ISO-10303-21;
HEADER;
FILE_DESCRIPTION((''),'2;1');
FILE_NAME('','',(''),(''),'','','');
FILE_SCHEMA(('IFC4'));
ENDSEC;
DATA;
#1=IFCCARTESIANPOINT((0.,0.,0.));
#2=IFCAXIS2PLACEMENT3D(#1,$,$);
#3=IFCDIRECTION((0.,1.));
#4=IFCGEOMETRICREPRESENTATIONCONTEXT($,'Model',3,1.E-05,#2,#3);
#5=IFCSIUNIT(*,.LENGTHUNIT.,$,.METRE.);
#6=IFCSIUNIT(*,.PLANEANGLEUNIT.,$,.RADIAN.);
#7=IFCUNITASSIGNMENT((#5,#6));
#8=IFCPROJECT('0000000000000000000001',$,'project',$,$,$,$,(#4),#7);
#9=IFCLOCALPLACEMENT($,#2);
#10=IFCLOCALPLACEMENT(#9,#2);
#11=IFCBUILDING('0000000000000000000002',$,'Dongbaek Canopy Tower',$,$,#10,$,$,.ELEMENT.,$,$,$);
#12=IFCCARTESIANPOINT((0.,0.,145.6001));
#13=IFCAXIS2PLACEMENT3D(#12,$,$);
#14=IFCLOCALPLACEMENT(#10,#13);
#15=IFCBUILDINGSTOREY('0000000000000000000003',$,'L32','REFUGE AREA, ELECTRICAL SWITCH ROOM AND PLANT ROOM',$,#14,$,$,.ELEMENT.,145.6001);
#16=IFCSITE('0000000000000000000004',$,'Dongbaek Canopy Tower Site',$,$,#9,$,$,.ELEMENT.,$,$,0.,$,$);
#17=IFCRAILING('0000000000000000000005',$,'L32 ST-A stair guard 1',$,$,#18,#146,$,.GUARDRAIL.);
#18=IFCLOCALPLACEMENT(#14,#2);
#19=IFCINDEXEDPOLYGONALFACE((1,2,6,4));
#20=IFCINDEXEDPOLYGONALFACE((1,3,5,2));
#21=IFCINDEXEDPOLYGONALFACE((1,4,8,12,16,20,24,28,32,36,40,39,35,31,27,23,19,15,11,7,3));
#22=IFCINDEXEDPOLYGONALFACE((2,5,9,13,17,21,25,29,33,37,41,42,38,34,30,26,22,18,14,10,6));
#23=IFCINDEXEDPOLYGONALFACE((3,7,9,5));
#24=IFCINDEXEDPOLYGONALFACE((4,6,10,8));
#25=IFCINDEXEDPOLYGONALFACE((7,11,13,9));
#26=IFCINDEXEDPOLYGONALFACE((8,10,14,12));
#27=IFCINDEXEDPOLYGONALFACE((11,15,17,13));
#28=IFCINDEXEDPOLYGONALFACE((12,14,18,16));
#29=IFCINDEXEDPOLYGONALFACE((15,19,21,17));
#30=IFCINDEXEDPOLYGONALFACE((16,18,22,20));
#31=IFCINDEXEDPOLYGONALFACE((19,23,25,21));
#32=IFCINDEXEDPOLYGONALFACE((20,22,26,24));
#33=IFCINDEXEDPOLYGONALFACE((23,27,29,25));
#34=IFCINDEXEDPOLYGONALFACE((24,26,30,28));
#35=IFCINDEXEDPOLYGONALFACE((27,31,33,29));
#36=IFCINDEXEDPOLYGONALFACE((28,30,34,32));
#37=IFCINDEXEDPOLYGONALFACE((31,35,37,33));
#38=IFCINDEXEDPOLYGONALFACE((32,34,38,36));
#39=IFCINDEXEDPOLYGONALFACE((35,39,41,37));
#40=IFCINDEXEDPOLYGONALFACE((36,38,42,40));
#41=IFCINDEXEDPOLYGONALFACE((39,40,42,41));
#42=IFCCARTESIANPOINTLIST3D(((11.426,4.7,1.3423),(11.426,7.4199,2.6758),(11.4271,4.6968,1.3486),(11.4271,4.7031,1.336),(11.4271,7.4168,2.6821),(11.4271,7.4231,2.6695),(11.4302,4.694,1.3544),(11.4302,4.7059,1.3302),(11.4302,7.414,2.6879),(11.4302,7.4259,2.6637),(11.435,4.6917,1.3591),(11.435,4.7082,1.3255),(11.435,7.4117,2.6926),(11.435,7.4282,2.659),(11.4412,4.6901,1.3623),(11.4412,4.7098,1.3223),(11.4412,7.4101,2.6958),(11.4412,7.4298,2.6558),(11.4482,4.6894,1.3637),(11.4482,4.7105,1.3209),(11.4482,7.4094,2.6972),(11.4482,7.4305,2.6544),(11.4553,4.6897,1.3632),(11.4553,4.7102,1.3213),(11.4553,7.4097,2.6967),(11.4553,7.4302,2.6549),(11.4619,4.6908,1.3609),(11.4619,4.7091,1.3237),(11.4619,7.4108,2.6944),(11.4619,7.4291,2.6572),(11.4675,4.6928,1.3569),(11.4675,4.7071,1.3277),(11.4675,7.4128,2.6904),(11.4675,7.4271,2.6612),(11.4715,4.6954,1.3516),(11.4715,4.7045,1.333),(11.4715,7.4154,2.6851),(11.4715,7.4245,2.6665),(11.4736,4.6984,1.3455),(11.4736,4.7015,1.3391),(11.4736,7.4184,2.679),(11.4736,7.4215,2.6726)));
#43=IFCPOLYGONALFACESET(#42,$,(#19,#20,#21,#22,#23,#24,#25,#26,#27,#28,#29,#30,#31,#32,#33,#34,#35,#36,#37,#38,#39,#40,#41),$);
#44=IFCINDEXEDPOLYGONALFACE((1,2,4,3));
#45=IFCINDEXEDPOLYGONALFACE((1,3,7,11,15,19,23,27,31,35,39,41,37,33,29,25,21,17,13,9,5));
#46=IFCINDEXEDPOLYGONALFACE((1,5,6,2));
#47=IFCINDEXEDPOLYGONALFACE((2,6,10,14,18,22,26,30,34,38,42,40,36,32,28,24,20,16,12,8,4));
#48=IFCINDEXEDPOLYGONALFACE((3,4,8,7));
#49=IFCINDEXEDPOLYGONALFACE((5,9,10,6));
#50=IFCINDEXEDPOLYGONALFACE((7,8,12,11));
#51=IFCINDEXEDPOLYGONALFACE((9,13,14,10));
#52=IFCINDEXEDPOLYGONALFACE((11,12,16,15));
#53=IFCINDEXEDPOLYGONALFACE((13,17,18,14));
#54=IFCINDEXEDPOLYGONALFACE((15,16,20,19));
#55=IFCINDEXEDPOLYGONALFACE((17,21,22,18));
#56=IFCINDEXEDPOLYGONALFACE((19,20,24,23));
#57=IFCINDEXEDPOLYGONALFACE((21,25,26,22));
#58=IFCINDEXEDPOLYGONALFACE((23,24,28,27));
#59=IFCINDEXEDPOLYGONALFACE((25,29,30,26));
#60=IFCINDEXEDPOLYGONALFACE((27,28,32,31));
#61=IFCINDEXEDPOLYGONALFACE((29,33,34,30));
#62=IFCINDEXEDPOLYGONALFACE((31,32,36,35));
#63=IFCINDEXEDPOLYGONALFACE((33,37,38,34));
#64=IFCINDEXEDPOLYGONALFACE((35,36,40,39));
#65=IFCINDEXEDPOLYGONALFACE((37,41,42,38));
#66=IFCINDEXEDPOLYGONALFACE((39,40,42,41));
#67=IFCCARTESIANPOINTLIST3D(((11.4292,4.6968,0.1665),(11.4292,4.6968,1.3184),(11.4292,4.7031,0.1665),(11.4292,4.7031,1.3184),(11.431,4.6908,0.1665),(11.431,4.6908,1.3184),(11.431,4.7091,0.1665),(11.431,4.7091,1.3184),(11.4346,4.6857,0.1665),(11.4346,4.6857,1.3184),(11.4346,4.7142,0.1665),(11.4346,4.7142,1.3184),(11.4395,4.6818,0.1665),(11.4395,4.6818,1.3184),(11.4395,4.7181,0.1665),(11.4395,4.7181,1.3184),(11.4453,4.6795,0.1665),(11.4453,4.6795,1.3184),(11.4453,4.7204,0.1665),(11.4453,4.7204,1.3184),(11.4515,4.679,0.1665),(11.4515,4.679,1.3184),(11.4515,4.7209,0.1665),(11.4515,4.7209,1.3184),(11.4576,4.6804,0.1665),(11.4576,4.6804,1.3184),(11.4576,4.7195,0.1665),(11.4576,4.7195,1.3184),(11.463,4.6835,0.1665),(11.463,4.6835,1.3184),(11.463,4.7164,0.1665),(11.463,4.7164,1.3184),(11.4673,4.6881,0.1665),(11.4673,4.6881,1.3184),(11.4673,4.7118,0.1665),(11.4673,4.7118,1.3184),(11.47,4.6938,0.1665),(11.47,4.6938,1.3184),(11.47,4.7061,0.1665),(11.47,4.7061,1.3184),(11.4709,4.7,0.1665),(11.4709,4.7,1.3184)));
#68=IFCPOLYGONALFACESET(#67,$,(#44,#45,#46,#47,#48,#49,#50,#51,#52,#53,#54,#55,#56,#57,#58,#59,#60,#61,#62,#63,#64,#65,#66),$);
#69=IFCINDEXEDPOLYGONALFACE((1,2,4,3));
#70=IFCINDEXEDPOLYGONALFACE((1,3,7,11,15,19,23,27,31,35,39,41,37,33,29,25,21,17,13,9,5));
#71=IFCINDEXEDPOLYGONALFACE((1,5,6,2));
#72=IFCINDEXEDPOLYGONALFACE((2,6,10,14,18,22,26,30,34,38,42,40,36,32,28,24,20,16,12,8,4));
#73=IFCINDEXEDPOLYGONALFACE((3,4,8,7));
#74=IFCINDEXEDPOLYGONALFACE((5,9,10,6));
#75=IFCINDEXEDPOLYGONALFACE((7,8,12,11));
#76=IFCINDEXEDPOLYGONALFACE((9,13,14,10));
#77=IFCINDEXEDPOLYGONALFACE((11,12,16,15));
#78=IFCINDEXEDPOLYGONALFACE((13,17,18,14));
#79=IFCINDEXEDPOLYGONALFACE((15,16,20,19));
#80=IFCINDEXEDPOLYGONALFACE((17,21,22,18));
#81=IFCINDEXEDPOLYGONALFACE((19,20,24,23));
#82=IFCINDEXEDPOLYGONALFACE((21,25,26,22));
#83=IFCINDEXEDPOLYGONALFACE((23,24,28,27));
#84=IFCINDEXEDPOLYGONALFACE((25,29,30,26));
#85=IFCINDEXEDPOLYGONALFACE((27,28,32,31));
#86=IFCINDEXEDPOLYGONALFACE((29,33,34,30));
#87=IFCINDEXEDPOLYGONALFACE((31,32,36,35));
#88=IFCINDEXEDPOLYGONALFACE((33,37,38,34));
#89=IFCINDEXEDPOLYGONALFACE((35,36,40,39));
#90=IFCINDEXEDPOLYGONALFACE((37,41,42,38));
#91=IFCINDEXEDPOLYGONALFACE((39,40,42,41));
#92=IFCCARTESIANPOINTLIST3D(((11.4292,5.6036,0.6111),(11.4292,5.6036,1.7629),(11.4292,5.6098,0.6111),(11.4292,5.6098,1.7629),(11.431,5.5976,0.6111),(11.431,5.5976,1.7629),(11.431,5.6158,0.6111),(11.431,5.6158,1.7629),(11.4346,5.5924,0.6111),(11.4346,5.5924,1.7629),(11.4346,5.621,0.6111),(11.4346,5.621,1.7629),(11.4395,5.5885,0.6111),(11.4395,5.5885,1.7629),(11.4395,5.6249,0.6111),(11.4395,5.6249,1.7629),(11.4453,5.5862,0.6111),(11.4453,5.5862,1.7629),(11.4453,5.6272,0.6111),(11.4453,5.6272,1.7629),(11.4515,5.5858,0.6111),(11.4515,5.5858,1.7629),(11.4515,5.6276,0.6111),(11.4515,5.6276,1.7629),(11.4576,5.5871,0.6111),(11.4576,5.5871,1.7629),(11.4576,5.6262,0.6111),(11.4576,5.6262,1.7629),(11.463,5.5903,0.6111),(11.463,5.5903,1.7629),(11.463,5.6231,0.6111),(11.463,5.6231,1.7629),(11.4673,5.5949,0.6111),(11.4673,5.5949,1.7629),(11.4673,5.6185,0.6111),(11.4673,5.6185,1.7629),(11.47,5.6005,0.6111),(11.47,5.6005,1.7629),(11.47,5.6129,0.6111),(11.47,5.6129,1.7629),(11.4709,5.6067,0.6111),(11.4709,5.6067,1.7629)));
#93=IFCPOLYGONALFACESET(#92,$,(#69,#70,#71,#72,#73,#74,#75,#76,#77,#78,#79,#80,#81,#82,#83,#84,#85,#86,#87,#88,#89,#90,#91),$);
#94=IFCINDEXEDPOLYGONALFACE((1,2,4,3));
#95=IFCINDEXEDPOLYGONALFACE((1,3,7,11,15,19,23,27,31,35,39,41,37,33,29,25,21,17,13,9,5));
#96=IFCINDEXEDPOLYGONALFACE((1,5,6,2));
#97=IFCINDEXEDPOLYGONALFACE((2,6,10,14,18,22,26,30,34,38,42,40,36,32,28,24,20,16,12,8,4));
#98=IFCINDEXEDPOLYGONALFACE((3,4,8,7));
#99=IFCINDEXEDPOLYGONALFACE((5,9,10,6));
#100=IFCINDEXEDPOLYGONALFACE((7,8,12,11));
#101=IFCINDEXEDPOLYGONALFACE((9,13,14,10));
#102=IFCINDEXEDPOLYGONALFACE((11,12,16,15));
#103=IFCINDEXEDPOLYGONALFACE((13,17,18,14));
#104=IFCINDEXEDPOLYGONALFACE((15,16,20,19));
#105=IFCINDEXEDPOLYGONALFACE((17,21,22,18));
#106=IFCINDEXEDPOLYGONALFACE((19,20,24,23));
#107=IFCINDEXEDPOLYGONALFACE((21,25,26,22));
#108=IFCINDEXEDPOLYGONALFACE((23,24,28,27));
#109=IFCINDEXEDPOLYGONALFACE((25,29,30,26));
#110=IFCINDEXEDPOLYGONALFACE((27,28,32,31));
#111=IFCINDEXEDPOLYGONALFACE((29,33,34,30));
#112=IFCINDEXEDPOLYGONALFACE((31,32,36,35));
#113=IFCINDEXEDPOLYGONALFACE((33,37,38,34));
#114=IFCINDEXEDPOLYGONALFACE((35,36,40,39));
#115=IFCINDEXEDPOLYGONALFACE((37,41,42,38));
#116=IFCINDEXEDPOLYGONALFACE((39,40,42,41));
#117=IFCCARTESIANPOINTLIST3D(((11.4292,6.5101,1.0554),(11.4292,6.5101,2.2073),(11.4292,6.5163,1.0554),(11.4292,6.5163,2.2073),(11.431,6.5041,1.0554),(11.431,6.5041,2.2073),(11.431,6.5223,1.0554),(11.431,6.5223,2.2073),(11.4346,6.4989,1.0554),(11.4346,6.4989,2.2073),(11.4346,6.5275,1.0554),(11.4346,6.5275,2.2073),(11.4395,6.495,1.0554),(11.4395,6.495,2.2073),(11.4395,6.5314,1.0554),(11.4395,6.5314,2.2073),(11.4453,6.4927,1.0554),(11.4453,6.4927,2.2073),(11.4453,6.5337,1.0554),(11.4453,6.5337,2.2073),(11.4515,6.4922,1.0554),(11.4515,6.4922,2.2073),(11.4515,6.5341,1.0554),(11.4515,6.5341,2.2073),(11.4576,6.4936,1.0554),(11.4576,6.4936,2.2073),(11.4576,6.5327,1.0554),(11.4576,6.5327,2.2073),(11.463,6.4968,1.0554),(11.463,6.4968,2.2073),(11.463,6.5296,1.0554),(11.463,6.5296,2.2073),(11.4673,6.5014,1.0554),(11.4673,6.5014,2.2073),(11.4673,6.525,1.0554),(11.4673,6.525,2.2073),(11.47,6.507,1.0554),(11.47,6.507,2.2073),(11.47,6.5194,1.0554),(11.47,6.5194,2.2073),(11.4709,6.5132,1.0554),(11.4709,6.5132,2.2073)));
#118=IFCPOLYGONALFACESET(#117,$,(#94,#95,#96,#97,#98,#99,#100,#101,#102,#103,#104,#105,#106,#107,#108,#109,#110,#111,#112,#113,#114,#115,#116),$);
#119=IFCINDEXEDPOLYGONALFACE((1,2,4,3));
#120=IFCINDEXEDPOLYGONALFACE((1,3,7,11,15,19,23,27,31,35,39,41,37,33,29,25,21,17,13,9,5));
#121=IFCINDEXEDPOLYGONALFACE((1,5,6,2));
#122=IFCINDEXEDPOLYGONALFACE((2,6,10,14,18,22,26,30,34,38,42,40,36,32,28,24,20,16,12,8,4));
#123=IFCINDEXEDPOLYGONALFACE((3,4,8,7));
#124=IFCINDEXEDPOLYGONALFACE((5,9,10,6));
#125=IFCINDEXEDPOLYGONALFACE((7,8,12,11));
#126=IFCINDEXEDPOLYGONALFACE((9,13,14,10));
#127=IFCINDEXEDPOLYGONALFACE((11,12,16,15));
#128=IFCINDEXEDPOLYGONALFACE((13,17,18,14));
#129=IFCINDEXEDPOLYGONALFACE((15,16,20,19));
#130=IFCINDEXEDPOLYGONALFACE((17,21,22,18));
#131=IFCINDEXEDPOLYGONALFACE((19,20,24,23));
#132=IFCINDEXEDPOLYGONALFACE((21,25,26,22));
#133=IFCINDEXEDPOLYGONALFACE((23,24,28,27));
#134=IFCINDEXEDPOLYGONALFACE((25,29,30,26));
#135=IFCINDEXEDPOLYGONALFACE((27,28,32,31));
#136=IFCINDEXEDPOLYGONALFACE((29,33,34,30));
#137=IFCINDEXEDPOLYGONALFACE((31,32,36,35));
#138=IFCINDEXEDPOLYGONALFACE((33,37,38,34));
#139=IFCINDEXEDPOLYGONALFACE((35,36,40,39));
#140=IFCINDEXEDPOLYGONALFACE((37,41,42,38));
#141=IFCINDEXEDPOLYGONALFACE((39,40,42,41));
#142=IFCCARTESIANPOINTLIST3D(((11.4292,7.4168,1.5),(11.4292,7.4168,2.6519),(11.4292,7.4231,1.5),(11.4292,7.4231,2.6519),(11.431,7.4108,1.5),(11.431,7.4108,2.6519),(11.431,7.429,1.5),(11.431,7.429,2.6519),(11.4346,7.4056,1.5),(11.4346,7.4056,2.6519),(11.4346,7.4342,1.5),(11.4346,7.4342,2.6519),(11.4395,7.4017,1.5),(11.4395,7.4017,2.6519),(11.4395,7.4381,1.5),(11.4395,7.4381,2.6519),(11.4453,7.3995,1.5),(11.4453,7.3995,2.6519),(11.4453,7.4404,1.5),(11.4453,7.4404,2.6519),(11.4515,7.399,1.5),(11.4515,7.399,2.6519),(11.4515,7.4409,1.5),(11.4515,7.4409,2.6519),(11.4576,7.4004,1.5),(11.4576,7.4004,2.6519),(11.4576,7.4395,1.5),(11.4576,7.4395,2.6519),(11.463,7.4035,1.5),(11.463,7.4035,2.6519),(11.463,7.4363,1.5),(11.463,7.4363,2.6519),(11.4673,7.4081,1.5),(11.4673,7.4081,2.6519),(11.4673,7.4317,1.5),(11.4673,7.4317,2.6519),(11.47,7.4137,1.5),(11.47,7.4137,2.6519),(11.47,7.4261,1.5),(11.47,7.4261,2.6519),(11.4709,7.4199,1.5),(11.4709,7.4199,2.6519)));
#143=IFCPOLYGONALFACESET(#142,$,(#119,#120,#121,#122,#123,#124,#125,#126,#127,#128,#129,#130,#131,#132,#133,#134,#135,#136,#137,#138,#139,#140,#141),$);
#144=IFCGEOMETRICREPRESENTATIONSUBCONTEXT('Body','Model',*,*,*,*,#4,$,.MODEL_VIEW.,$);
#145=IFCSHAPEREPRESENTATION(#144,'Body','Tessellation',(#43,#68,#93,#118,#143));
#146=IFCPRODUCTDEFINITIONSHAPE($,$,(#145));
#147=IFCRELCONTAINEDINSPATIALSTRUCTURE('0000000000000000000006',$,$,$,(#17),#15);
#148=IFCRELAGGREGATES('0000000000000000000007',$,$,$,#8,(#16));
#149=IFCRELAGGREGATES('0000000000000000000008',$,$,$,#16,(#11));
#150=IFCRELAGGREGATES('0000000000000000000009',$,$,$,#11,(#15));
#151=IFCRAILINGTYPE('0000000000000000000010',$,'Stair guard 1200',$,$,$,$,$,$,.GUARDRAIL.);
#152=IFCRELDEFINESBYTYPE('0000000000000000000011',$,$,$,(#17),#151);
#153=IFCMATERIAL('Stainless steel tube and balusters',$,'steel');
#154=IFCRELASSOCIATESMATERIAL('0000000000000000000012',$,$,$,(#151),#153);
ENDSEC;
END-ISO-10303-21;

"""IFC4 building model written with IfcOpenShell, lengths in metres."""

from ifc_helpers import new_model, si_unit, direction, frame, origin, origin_2d, place, context, subcontext, project, spatial, circle, extrude, material, type_object, element, save


model = new_model("IFC4")

# Units and contexts
model_context = context("Model", 3, precision=1e-05, world=origin(), true_north=direction((0.0, 1.0)))
body_context = subcontext(model_context, "Body", "Model", "MODEL_VIEW")
ifc_project = project(units=[si_unit("LENGTHUNIT", "METRE"), si_unit("PLANEANGLEUNIT", "RADIAN")], contexts=[model_context])

# Site, building, storey
site_placement = place(None, origin())
site = spatial("IfcSite", under=ifc_project, at=site_placement, Name="Dongbaek Canopy Tower Site", CompositionType="ELEMENT", RefElevation=0.0)
building_placement = place(site_placement, origin())
building = spatial("IfcBuilding", under=site, at=building_placement, Name="Dongbaek Canopy Tower", CompositionType="ELEMENT")
storey_placement = place(building_placement, frame((0.0, 0.0, 145.6001)))
storey = spatial("IfcBuildingStorey", under=building, at=storey_placement, Name="L32", Description="REFUGE AREA, ELECTRICAL SWITCH ROOM AND PLANT ROOM", CompositionType="ELEMENT", Elevation=145.6001)

# Railing
ifc_material_1 = material(Name="Stainless steel tube and balusters", Category="steel")
railing_type_1 = type_object("IfcRailingType", Name="Stair guard 1200", PredefinedType="GUARDRAIL", material=ifc_material_1)
railing_1_placement = place(storey_placement, frame((11.45, 4.7, 0.1665)))
element("IfcRailing", 1, at=railing_1_placement, inside=storey, type_object=railing_type_1, Name="L32 ST-A stair guard 1", PredefinedType="GUARDRAIL", context=body_context, shape_type="SweptSolid", body=[
    extrude(circle(Radius=0.0239, at=origin_2d()), frame((0.0, 0.0, 1.1758), z_axis=(0.0, 0.897898, 0.440204), x_axis=(-1.0, 0.0, 0.0)), (0.0, 0.0, 1.0), 3.0293),
    extrude(circle(Radius=0.021, at=origin_2d()), origin(), (0.0, 0.0, 1.0), 1.1519),
    extrude(circle(Radius=0.021, at=origin_2d()), frame((0.0, 0.9067, 0.4446)), (0.0, 0.0, 1.0), 1.1519),
    extrude(circle(Radius=0.021, at=origin_2d()), frame((0.0, 1.8132, 0.8889)), (0.0, 0.0, 1.0), 1.1519),
    extrude(circle(Radius=0.021, at=origin_2d()), frame((0.0, 2.72, 1.3335)), (0.0, 0.0, 1.0), 1.1519),
])

save(model, "model.ifc")
